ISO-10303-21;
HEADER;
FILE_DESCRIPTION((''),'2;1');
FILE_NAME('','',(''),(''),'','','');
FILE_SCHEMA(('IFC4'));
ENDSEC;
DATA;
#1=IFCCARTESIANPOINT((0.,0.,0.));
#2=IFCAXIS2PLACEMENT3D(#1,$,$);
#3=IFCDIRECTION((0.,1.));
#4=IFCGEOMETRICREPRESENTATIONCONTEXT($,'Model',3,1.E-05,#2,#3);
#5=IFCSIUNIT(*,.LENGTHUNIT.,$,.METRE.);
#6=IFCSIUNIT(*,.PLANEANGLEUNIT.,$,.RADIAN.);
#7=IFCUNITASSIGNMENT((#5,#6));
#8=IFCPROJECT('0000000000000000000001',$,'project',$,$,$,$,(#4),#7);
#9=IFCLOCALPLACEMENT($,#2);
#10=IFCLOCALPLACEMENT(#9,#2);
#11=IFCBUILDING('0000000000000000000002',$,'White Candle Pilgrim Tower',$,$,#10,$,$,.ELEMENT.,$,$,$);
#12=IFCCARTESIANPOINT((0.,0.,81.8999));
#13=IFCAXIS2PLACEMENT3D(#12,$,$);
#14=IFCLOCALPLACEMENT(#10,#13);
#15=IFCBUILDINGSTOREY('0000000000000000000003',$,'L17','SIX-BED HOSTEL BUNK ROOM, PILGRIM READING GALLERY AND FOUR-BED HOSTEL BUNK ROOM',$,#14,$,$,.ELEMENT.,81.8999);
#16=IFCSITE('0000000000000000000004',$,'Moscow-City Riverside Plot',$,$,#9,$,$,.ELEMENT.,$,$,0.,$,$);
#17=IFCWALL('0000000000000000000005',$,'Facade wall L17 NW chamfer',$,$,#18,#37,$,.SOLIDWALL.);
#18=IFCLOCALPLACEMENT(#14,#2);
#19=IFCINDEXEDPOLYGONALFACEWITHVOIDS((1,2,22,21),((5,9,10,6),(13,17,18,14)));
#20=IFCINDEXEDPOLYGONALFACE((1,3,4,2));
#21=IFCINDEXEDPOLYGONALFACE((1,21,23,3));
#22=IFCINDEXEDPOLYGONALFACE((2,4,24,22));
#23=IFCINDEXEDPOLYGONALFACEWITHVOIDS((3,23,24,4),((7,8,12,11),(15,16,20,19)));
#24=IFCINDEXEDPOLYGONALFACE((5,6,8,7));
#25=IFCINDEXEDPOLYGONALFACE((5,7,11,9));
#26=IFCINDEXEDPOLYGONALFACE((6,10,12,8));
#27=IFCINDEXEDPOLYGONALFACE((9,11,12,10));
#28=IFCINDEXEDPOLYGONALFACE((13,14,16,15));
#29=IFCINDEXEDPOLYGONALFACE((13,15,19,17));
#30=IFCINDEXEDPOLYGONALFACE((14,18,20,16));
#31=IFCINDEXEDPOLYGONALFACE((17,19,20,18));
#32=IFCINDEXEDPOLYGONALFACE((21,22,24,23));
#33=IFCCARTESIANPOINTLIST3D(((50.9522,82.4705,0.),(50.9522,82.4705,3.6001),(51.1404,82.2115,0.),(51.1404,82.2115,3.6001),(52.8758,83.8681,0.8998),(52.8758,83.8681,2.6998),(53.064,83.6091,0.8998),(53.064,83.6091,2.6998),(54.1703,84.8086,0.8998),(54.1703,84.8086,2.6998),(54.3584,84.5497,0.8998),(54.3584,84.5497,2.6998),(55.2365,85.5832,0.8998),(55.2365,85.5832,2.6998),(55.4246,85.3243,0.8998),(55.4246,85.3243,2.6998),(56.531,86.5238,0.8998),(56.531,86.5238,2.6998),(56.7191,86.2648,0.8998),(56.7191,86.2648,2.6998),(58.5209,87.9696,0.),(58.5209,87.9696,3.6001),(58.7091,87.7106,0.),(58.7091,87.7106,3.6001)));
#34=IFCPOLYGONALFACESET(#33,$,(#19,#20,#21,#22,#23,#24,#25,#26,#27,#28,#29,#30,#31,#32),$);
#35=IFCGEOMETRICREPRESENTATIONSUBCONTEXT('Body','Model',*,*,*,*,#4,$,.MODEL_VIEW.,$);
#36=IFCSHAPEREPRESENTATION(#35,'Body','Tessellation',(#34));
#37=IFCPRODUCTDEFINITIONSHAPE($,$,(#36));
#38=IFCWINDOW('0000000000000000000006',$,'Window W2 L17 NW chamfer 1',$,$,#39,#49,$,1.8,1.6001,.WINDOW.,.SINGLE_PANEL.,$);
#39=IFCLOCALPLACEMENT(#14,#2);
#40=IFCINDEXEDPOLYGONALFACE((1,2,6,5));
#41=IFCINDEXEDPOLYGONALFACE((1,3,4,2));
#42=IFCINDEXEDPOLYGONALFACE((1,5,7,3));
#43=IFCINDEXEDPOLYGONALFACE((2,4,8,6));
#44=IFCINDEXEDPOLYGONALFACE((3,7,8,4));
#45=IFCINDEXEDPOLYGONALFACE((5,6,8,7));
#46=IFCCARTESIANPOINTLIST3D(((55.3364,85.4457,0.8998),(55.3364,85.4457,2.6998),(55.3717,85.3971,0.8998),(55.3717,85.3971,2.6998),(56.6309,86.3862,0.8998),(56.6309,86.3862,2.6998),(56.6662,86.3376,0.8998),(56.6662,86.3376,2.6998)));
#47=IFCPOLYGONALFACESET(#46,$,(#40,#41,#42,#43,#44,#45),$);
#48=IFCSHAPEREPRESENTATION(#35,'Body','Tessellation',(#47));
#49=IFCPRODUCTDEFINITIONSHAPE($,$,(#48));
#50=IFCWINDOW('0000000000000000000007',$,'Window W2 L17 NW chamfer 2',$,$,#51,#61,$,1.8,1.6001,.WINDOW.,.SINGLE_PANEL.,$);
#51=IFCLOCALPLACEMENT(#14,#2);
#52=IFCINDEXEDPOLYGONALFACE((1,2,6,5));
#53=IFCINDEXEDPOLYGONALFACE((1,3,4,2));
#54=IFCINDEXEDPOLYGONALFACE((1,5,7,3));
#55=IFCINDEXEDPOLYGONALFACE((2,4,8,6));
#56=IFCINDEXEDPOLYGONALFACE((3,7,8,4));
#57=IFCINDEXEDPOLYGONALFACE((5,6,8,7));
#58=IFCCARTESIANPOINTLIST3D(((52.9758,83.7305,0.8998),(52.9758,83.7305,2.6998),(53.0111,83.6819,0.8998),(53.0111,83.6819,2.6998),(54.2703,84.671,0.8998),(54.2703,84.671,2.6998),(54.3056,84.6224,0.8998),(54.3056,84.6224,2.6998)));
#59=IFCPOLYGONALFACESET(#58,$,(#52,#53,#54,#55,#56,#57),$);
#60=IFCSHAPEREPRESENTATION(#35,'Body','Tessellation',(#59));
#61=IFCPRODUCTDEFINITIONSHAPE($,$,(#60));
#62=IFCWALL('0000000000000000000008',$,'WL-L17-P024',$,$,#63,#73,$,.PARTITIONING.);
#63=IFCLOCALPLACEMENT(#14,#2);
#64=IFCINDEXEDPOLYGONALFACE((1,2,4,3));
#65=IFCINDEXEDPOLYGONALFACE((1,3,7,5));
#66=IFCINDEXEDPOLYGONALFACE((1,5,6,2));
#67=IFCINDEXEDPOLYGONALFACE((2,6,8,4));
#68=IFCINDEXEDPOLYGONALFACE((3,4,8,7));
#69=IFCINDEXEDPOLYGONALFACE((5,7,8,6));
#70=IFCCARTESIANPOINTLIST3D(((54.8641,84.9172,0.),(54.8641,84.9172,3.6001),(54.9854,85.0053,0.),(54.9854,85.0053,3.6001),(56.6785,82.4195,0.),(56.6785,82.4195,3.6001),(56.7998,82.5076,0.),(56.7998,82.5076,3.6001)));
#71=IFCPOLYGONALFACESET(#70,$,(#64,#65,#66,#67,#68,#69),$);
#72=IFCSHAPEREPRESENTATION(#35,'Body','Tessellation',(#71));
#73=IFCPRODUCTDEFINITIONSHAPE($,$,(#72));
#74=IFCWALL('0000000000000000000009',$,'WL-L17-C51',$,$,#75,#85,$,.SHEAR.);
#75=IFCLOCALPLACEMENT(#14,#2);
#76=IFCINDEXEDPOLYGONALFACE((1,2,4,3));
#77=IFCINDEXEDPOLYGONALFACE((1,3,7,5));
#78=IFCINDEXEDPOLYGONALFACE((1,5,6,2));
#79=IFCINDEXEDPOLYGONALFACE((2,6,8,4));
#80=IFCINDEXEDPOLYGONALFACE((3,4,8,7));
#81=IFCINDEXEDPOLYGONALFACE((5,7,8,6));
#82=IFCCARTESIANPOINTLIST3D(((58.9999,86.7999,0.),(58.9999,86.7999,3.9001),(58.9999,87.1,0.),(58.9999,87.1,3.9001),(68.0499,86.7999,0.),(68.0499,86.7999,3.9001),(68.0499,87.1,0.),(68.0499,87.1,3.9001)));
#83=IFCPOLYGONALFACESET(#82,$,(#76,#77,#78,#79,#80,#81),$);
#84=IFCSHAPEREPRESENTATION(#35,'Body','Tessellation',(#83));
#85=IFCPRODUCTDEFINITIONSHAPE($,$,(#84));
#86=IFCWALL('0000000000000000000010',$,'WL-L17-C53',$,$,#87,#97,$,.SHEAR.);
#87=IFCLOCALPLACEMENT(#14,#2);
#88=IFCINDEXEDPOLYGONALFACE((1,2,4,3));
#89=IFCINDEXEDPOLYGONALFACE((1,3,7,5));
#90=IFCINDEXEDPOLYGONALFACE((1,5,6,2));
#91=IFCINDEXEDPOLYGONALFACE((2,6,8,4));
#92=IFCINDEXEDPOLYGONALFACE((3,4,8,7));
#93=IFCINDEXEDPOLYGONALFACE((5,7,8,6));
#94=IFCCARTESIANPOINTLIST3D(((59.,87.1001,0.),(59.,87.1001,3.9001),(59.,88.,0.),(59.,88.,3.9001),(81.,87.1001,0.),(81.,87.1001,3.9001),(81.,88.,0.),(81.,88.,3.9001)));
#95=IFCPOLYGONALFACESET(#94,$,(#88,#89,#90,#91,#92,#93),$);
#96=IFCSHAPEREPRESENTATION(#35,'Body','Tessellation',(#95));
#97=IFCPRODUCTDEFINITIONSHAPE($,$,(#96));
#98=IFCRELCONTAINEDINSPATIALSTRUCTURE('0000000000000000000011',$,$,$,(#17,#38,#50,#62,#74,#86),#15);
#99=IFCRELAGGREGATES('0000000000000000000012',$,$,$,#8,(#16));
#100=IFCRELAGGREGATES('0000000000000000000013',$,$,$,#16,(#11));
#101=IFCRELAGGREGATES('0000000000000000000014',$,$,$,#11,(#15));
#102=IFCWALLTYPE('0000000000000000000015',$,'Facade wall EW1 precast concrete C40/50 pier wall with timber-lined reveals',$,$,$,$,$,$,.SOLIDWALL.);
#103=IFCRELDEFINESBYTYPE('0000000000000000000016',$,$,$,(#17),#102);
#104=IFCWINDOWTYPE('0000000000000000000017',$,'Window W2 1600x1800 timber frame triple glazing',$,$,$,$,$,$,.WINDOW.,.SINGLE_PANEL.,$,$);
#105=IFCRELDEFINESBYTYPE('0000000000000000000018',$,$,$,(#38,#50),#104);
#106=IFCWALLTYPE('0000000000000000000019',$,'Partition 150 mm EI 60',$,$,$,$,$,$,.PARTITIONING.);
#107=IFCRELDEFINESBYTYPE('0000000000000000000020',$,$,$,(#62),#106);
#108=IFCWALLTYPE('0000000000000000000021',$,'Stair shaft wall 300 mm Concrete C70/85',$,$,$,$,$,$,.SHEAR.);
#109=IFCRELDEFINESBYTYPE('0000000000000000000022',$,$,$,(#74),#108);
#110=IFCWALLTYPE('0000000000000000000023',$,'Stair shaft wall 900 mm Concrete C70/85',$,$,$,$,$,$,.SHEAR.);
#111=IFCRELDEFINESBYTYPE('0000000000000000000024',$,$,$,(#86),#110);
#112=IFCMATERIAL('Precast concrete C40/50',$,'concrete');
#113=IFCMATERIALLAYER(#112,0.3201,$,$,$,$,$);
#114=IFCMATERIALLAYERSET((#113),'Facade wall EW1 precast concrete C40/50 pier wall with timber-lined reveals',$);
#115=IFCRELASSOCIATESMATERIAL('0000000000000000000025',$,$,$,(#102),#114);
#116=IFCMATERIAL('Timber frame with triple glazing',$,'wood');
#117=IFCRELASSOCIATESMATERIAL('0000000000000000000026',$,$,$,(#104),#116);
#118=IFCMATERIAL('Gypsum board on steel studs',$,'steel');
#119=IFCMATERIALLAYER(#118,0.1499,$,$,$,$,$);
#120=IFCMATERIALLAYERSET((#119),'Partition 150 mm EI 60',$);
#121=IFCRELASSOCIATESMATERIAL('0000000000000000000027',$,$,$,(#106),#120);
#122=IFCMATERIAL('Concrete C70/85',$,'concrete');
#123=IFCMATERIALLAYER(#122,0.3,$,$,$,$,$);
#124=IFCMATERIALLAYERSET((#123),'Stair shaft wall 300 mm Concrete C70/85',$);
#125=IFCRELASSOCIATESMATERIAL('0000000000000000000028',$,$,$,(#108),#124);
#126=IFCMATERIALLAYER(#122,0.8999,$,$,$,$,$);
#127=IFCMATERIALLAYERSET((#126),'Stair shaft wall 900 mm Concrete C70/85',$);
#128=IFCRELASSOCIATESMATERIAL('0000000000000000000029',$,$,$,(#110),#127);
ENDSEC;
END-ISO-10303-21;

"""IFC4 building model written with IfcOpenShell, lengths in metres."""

from ifc_helpers import new_model, si_unit, direction, frame, frame_2d, origin, place, context, subcontext, project, spatial, rectangle, extrude, material, layer, layer_set, type_object, element, fill, save


model = new_model("IFC4")

# Units and contexts
model_context = context("Model", 3, precision=1e-05, world=origin(), true_north=direction((0.0, 1.0)))
body_context = subcontext(model_context, "Body", "Model", "MODEL_VIEW")
ifc_project = project(units=[si_unit("LENGTHUNIT", "METRE"), si_unit("PLANEANGLEUNIT", "RADIAN")], contexts=[model_context])

# Site, building, storey
site_placement = place(None, origin())
site = spatial("IfcSite", under=ifc_project, at=site_placement, Name="Moscow-City Riverside Plot", CompositionType="ELEMENT", RefElevation=0.0)
building_placement = place(site_placement, origin())
building = spatial("IfcBuilding", under=site, at=building_placement, Name="White Candle Pilgrim Tower", CompositionType="ELEMENT")
storey_placement = place(building_placement, frame((0.0, 0.0, 81.8999)))
storey = spatial("IfcBuildingStorey", under=building, at=storey_placement, Name="L17", Description="SIX-BED HOSTEL BUNK ROOM, PILGRIM READING GALLERY AND FOUR-BED HOSTEL BUNK ROOM", CompositionType="ELEMENT", Elevation=81.8999)

# Shared definitions
ifc_material_1 = material(Name="Concrete C70/85", Category="concrete")

# Wall, openings, windows
ifc_material_2 = material(Name="Precast concrete C40/50", Category="concrete")
ifc_layer_1 = layer(ifc_material_2, 0.3201)
ifc_layer_set_1 = layer_set([ifc_layer_1], Name="Facade wall EW1 precast concrete C40/50 pier wall with timber-lined reveals")
wall_type_1 = type_object("IfcWallType", Name="Facade wall EW1 precast concrete C40/50 pier wall with timber-lined reveals", PredefinedType="SOLIDWALL", material=ifc_layer_set_1)
wall_1_placement = place(storey_placement, frame((58.615, 87.8401, 0.0), z_axis=(0.0, 0.0, 1.0), x_axis=(-0.809011, -0.587793, 0.0)))
wall_1 = element("IfcWall", 1, at=wall_1_placement, inside=storey, type_object=wall_type_1, Name="Facade wall L17 NW chamfer", PredefinedType="SOLIDWALL", context=body_context, shape_type="SweptSolid", body=[
    extrude(rectangle(XDim=9.3555, YDim=0.3201, at=frame_2d((4.6777, 0.0))), origin(), (0.0, 0.0, 1.0), 3.6001),
])
opening_1_placement = place(wall_1_placement, frame((2.4597, 0.0, 0.8999)))
opening_1 = element("IfcOpeningElement", 2, at=opening_1_placement, cuts=wall_1, PredefinedType="OPENING", context=body_context, shape_type="SweptSolid", body=[
    extrude(rectangle(XDim=1.6001, YDim=1.8, at=frame_2d((0.8, 0.8999))), frame((0.0, 0.1699, 0.0), z_axis=(0.0, -1.0, 0.0), x_axis=(1.0, 0.0, 0.0)), (0.0, 0.0, 1.0), 0.3401),
])
opening_2_placement = place(wall_1_placement, frame((5.3777, 0.0, 0.8999)))
opening_2 = element("IfcOpeningElement", 3, at=opening_2_placement, cuts=wall_1, PredefinedType="OPENING", context=body_context, shape_type="SweptSolid", body=[
    extrude(rectangle(XDim=1.6001, YDim=1.8, at=frame_2d((0.8, 0.8999))), frame((0.0, 0.1699, 0.0), z_axis=(0.0, -1.0, 0.0), x_axis=(1.0, 0.0, 0.0)), (0.0, 0.0, 1.0), 0.3401),
])
ifc_material_3 = material(Name="Timber frame with triple glazing", Category="wood")
window_type = type_object("IfcWindowType", Name="Window W2 1600x1800 timber frame triple glazing", PartitioningType="SINGLE_PANEL", PredefinedType="WINDOW", material=ifc_material_3)
window_1_placement = place(opening_1_placement, origin())
window_1 = element("IfcWindow", 4, at=window_1_placement, inside=storey, type_object=window_type, Name="Window W2 L17 NW chamfer 1", OverallHeight=1.8, OverallWidth=1.6001, PartitioningType="SINGLE_PANEL", PredefinedType="WINDOW", context=body_context, shape_type="SweptSolid", body=[
    extrude(rectangle(XDim=1.6001, YDim=1.8, at=frame_2d((0.8, 0.8999))), frame((0.0, 0.0701, 0.0), z_axis=(0.0, -1.0, 0.0), x_axis=(1.0, 0.0, 0.0)), (0.0, 0.0, 1.0), 0.0601),
])
fill(opening_1, window_1)
window_2_placement = place(opening_2_placement, origin())
window_2 = element("IfcWindow", 5, at=window_2_placement, inside=storey, type_object=window_type, Name="Window W2 L17 NW chamfer 2", OverallHeight=1.8, OverallWidth=1.6001, PartitioningType="SINGLE_PANEL", PredefinedType="WINDOW", context=body_context, shape_type="SweptSolid", body=[
    extrude(rectangle(XDim=1.6001, YDim=1.8, at=frame_2d((0.8, 0.8999))), frame((0.0, 0.0701, 0.0), z_axis=(0.0, -1.0, 0.0), x_axis=(1.0, 0.0, 0.0)), (0.0, 0.0, 1.0), 0.0601),
])
fill(opening_2, window_2)

# Walls
ifc_material_4 = material(Name="Gypsum board on steel studs", Category="steel")
ifc_layer_2 = layer(ifc_material_4, 0.1499)
ifc_layer_set_2 = layer_set([ifc_layer_2], Name="Partition 150 mm EI 60")
wall_type_2 = type_object("IfcWallType", Name="Partition 150 mm EI 60", PredefinedType="PARTITIONING", material=ifc_layer_set_2)
wall_2_placement = place(storey_placement, frame((54.9248, 84.9612, 0.0), z_axis=(0.0, 0.0, 1.0), x_axis=(0.58772, -0.809064, 0.0)))
element("IfcWall", 6, at=wall_2_placement, inside=storey, type_object=wall_type_2, Name="WL-L17-P024", PredefinedType="PARTITIONING", context=body_context, shape_type="SweptSolid", body=[
    extrude(rectangle(XDim=3.0872, YDim=0.1499, at=frame_2d((1.5435, 0.0))), origin(), (0.0, 0.0, 1.0), 3.6001),
])
ifc_layer_3 = layer(ifc_material_1, 0.3)
ifc_layer_set_3 = layer_set([ifc_layer_3], Name="Stair shaft wall 300 mm Concrete C70/85")
wall_type_3 = type_object("IfcWallType", Name="Stair shaft wall 300 mm Concrete C70/85", PredefinedType="SHEAR", material=ifc_layer_set_3)
wall_3_placement = place(storey_placement, frame((59.0, 86.95, 0.0), z_axis=(0.0, 0.0, 1.0), x_axis=(1.0, 0.0, 0.0)))
element("IfcWall", 7, at=wall_3_placement, inside=storey, type_object=wall_type_3, Name="WL-L17-C51", PredefinedType="SHEAR", context=body_context, shape_type="SweptSolid", body=[
    extrude(rectangle(XDim=9.05, YDim=0.3, at=frame_2d((4.5249, 0.0))), origin(), (0.0, 0.0, 1.0), 3.9001),
])
ifc_layer_4 = layer(ifc_material_1, 0.8999)
ifc_layer_set_4 = layer_set([ifc_layer_4], Name="Stair shaft wall 900 mm Concrete C70/85")
wall_type_4 = type_object("IfcWallType", Name="Stair shaft wall 900 mm Concrete C70/85", PredefinedType="SHEAR", material=ifc_layer_set_4)
wall_4_placement = place(storey_placement, frame((59.0, 87.55, 0.0), z_axis=(0.0, 0.0, 1.0), x_axis=(1.0, 0.0, 0.0)))
element("IfcWall", 8, at=wall_4_placement, inside=storey, type_object=wall_type_4, Name="WL-L17-C53", PredefinedType="SHEAR", context=body_context, shape_type="SweptSolid", body=[
    extrude(rectangle(XDim=22.0, YDim=0.8999, at=frame_2d((11.0, 0.0))), origin(), (0.0, 0.0, 1.0), 3.9001),
])

save(model, "model.ifc")
